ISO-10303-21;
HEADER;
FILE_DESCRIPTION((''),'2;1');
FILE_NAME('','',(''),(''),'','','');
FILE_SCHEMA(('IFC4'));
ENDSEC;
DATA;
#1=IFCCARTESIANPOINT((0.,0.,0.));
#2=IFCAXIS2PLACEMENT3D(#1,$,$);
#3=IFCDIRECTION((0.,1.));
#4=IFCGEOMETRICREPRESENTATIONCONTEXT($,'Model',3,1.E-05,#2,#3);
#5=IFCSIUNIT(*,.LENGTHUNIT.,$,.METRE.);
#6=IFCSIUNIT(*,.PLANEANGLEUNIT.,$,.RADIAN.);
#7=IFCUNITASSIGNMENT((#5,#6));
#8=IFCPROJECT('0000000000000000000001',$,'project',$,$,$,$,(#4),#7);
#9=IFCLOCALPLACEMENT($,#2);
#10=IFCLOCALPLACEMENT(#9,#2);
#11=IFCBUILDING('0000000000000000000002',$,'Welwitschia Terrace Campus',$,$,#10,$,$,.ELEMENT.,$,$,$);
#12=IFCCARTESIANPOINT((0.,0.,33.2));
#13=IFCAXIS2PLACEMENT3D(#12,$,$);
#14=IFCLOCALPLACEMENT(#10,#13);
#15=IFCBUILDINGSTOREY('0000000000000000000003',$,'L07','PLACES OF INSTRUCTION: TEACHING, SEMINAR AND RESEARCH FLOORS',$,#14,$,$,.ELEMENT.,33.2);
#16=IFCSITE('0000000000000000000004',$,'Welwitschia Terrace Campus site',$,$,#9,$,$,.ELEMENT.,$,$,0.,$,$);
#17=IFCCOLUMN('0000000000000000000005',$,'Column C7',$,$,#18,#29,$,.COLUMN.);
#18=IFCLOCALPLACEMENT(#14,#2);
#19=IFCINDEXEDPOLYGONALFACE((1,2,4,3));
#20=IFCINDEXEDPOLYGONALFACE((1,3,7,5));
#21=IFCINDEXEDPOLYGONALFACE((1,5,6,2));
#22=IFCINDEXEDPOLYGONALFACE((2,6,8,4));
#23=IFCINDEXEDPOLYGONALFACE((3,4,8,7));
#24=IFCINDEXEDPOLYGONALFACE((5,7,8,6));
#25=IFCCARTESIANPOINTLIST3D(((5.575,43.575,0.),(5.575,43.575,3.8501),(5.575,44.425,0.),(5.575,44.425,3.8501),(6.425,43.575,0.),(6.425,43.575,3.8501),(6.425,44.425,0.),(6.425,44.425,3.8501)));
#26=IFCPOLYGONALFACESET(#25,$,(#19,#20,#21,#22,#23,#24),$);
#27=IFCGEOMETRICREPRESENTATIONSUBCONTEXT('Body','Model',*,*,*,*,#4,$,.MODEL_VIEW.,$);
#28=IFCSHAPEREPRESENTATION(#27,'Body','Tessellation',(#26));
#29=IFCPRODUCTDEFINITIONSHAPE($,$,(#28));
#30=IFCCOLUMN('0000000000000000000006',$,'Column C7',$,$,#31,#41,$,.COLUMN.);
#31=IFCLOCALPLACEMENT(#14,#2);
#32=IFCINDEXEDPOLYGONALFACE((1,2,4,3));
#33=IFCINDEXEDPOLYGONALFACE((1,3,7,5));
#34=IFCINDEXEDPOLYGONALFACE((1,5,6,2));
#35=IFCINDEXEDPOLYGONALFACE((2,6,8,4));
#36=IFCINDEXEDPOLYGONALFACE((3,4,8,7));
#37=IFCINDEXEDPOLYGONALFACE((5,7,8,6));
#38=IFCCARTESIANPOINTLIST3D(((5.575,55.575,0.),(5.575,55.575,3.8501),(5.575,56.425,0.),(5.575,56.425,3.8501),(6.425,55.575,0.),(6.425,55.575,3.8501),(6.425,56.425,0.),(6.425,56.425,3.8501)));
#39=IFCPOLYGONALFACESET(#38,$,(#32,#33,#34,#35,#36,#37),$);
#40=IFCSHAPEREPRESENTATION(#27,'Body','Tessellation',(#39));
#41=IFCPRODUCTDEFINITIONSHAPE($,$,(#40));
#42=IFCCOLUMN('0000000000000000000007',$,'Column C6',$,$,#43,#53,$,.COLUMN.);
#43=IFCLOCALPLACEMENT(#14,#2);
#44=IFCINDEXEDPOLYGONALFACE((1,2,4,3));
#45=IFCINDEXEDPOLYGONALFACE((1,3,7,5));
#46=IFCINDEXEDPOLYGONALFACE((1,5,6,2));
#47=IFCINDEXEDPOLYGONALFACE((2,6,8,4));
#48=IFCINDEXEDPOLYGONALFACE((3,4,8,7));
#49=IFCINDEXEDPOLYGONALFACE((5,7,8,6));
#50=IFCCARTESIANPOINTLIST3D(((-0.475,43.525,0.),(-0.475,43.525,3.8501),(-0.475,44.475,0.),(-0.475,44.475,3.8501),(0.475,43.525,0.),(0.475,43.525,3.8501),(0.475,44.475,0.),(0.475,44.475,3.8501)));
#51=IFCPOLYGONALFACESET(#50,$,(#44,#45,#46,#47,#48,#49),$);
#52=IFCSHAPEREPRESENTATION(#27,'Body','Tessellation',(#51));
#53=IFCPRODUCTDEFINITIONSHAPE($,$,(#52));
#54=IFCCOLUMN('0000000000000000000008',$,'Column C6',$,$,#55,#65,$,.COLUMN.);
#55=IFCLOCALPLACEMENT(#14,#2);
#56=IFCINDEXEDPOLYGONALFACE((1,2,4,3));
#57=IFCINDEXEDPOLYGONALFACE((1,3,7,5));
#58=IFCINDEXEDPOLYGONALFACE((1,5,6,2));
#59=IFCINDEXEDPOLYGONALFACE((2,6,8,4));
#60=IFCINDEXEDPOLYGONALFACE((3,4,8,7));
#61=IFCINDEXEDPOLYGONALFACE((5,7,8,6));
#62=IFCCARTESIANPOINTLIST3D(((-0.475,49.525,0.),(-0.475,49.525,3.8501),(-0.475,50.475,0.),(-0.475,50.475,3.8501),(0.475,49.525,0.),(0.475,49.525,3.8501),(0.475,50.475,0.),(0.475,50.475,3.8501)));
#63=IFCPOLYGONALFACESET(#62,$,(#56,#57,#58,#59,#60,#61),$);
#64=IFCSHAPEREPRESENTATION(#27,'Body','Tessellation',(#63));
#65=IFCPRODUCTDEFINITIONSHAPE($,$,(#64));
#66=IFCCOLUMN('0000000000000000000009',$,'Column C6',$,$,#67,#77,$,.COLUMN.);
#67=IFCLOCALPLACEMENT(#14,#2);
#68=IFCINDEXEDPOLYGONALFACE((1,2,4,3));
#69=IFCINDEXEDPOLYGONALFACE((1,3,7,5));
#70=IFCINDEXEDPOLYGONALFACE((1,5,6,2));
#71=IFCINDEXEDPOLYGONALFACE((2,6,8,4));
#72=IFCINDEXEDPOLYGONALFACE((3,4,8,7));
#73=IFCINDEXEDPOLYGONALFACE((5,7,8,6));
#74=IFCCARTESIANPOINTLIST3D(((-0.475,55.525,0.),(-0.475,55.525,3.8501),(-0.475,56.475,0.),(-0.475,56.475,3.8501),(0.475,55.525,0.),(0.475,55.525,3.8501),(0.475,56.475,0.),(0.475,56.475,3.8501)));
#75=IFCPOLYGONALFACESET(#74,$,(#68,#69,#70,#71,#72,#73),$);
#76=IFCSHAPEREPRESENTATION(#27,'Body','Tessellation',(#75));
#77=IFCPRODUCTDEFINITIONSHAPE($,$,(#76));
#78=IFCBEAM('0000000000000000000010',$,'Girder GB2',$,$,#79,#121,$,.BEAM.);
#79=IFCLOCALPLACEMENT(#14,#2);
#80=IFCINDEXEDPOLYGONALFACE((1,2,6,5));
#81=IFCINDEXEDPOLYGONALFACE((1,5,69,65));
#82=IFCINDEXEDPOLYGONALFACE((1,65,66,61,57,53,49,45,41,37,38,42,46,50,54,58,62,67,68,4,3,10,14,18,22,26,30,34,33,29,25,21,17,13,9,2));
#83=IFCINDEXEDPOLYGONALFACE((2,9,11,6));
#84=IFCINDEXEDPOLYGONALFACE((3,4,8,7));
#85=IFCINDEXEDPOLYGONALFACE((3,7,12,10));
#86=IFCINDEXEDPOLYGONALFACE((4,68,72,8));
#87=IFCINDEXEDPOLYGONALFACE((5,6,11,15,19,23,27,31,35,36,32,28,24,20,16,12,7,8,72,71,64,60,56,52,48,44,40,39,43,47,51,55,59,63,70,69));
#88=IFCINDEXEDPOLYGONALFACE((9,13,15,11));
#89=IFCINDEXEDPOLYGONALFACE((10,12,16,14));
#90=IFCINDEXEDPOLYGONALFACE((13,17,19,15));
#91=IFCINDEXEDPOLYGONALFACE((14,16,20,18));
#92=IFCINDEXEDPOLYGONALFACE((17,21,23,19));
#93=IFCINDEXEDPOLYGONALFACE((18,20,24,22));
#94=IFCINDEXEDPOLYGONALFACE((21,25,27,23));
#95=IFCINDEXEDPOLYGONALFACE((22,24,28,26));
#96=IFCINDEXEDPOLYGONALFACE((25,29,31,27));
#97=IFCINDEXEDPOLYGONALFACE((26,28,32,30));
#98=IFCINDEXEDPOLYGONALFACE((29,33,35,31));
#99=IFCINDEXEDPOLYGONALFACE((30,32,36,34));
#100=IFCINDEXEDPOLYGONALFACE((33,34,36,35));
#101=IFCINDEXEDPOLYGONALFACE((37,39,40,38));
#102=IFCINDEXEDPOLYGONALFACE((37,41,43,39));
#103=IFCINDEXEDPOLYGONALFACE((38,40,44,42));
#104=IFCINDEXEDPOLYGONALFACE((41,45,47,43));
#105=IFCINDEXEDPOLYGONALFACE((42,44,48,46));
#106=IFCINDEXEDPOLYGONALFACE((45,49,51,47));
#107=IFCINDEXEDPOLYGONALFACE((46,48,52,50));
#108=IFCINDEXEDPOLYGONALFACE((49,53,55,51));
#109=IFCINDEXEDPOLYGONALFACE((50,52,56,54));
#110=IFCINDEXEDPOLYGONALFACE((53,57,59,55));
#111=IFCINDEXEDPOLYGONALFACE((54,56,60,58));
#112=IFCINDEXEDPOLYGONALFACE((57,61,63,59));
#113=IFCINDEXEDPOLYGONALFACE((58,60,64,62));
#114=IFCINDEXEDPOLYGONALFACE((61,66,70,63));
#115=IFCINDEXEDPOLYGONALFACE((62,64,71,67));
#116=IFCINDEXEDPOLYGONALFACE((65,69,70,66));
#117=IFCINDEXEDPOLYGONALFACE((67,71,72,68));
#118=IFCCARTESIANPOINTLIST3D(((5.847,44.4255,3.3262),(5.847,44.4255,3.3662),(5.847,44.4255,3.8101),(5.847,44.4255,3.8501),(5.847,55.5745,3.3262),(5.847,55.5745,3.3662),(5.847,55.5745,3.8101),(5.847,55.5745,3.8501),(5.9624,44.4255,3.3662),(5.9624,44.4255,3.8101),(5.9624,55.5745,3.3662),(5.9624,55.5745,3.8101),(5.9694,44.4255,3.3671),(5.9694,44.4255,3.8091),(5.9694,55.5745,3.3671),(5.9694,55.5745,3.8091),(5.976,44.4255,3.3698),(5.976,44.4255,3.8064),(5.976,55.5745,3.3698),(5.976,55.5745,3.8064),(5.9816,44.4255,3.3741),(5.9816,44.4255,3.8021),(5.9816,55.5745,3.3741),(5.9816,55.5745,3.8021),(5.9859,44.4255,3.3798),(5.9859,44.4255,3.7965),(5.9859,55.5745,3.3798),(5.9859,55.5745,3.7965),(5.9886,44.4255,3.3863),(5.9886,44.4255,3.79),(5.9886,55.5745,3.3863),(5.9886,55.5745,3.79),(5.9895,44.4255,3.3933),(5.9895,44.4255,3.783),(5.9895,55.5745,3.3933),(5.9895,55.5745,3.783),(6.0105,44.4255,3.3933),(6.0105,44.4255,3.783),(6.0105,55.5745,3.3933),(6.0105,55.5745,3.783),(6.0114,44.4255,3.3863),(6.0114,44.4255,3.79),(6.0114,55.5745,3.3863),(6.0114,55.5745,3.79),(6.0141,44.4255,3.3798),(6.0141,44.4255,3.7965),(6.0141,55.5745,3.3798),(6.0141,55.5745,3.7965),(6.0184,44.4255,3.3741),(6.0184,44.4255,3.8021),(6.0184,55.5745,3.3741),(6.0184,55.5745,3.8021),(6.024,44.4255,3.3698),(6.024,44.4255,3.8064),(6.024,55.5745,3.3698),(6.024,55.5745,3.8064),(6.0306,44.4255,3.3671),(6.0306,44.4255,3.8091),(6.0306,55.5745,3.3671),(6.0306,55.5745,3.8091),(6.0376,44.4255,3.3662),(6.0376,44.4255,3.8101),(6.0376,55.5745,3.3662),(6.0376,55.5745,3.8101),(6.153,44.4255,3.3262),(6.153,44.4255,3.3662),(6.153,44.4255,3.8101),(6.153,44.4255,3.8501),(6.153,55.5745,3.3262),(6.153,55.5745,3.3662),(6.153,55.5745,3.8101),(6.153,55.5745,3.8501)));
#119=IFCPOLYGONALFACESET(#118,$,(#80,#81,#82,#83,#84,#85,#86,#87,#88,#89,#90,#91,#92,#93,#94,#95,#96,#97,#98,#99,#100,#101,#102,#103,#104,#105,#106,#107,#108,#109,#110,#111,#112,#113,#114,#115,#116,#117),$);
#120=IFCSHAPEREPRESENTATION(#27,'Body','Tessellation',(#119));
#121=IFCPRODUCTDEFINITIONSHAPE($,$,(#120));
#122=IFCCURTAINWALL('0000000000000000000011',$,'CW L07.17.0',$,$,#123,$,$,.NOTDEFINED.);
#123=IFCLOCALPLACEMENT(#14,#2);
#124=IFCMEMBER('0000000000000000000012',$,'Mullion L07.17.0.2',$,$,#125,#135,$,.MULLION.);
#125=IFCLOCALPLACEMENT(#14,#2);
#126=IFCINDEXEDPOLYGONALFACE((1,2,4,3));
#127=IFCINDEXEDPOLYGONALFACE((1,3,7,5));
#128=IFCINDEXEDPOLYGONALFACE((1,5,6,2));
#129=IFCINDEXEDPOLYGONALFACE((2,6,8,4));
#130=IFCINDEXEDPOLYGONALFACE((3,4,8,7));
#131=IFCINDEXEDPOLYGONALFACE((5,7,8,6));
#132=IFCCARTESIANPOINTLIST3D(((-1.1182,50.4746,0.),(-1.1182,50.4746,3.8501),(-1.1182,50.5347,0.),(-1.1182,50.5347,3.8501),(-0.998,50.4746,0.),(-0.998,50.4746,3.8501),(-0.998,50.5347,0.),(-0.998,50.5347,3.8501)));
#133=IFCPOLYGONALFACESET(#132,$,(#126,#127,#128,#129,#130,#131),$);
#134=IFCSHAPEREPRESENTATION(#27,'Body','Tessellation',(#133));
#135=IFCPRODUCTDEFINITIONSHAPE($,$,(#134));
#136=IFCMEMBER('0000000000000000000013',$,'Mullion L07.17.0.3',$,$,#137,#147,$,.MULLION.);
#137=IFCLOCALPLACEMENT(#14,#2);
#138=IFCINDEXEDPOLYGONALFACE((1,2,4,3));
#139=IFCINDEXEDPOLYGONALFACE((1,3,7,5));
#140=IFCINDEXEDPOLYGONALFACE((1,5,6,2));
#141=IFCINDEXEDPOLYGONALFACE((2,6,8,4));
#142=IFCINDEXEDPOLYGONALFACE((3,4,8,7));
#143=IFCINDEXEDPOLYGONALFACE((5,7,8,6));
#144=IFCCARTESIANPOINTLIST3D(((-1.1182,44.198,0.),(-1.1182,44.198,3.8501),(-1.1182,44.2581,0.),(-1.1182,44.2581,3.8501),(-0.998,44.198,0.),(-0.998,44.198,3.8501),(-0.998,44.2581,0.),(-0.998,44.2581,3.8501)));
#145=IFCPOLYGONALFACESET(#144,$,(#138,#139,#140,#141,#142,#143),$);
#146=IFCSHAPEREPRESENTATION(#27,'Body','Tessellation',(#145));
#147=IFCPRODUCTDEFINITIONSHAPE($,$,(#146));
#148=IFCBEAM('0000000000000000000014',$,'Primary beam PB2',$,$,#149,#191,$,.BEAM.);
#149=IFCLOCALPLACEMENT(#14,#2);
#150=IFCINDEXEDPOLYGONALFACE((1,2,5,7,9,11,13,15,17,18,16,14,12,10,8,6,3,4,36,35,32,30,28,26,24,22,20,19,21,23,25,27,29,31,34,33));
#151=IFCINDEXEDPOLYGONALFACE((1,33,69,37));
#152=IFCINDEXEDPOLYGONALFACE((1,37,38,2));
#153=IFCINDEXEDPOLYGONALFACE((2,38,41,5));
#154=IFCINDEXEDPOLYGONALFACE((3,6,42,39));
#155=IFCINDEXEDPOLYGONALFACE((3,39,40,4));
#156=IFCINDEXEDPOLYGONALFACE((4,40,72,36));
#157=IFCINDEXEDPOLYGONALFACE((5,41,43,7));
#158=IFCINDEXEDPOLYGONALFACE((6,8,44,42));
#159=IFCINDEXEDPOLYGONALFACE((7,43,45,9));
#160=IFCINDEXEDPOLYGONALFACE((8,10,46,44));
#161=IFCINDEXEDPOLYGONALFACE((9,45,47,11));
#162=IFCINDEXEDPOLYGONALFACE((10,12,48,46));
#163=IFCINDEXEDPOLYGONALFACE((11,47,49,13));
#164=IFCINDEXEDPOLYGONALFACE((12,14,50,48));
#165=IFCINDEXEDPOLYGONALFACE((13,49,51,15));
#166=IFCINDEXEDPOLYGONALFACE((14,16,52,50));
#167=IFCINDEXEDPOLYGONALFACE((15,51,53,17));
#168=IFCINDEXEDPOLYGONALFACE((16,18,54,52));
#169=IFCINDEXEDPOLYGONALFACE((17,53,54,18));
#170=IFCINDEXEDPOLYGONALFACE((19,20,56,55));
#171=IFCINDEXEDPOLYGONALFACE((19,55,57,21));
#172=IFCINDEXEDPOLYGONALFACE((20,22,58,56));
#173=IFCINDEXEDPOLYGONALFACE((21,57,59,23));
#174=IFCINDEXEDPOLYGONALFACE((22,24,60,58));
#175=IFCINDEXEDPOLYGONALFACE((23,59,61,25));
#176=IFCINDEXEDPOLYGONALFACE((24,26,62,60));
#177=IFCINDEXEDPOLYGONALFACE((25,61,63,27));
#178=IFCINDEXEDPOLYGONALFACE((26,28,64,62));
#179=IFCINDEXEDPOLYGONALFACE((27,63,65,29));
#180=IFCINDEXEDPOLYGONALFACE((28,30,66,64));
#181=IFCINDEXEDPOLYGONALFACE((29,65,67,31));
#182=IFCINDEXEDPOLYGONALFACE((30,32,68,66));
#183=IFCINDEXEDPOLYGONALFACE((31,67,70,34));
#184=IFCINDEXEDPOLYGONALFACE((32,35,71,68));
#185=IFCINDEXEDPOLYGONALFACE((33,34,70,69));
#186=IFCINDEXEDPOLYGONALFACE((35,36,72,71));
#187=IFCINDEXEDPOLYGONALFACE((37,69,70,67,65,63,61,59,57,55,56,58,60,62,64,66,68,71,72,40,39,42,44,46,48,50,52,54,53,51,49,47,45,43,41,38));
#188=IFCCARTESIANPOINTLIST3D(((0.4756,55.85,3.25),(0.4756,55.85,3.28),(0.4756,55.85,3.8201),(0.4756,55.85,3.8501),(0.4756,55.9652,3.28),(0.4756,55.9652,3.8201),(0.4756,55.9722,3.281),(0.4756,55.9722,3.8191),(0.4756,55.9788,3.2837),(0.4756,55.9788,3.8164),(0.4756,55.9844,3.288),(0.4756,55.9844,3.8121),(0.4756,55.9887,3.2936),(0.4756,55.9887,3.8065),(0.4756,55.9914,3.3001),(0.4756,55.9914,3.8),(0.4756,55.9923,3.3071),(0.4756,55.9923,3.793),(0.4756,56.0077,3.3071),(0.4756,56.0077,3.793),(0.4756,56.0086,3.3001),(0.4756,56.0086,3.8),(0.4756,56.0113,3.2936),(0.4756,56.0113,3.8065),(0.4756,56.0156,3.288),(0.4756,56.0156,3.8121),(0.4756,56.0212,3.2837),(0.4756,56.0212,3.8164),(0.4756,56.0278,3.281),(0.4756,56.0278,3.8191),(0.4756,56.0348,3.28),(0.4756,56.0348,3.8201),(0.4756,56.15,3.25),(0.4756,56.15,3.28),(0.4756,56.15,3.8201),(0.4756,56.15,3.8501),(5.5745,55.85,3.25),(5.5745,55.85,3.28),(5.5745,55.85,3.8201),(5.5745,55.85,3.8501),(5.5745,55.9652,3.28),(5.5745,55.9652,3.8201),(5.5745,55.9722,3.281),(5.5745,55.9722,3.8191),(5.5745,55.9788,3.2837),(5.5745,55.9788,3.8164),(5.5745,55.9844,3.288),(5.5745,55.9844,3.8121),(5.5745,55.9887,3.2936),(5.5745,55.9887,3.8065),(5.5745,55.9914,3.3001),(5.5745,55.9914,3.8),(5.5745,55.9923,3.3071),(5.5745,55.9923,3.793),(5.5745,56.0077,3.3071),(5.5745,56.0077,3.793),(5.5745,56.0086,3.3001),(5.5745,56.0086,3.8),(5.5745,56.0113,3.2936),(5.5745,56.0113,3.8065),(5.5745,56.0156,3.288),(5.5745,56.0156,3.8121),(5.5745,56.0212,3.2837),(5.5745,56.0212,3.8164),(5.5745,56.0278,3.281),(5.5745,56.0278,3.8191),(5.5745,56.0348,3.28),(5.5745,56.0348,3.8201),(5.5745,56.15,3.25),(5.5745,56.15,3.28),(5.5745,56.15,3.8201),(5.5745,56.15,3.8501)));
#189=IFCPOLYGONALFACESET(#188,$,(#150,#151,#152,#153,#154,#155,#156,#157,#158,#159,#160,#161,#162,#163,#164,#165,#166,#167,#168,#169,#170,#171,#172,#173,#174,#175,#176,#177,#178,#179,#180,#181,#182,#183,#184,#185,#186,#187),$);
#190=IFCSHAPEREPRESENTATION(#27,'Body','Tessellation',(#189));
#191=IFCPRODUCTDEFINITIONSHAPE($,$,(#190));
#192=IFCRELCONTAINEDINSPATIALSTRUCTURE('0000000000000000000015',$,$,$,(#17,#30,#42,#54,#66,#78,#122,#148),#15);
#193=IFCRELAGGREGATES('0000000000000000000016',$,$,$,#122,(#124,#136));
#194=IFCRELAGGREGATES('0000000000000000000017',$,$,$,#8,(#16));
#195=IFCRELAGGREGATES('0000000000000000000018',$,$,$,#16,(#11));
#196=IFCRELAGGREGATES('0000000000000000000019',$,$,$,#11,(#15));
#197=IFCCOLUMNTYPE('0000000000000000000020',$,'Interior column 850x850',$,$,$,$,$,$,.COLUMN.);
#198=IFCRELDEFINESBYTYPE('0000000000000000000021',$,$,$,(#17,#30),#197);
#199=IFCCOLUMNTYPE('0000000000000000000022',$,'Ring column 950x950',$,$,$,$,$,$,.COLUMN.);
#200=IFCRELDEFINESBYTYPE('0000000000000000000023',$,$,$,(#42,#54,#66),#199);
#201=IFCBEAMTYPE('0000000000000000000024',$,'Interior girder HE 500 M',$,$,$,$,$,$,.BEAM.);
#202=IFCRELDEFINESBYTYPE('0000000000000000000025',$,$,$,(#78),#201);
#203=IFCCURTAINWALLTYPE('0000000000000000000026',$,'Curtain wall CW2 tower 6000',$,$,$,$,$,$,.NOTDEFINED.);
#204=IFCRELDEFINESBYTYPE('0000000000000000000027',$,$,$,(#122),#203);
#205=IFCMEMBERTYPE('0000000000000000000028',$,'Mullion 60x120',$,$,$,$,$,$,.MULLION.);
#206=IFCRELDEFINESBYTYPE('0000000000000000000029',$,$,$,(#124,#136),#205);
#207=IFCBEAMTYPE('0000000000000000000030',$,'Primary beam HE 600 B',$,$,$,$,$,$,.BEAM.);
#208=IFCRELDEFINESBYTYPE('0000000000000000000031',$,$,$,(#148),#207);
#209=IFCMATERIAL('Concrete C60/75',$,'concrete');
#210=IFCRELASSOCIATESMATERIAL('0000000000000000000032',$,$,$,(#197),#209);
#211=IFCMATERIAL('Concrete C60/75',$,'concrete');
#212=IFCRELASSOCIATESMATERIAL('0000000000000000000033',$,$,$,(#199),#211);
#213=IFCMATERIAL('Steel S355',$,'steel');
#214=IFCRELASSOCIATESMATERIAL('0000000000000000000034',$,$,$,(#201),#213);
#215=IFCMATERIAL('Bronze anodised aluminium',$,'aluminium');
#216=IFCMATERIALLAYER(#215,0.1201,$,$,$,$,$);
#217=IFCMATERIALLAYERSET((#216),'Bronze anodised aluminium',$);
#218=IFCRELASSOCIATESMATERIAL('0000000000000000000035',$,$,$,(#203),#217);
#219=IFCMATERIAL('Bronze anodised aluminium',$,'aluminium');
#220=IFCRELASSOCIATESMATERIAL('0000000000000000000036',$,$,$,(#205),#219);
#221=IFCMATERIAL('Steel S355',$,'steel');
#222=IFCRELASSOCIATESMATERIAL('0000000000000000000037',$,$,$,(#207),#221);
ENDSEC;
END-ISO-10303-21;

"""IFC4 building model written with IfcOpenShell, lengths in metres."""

from ifc_helpers import new_model, si_unit, direction, frame, origin, origin_2d, place, context, subcontext, project, spatial, rectangle, i_section, extrude, material, layer, layer_set, material_profile, profile_set, type_object, element, aggregate, save


model = new_model("IFC4")

# Units and contexts
model_context = context("Model", 3, precision=1e-05, world=origin(), true_north=direction((0.0, 1.0)))
body_context = subcontext(model_context, "Body", "Model", "MODEL_VIEW")
ifc_project = project(units=[si_unit("LENGTHUNIT", "METRE"), si_unit("PLANEANGLEUNIT", "RADIAN")], contexts=[model_context])

# Site, building, storey
site_placement = place(None, origin())
site = spatial("IfcSite", under=ifc_project, at=site_placement, Name="Welwitschia Terrace Campus site", CompositionType="ELEMENT", RefElevation=0.0)
building_placement = place(site_placement, origin())
building = spatial("IfcBuilding", under=site, at=building_placement, Name="Welwitschia Terrace Campus", CompositionType="ELEMENT")
storey_placement = place(building_placement, frame((0.0, 0.0, 33.2)))
storey = spatial("IfcBuildingStorey", under=building, at=storey_placement, Name="L07", Description="PLACES OF INSTRUCTION: TEACHING, SEMINAR AND RESEARCH FLOORS", CompositionType="ELEMENT", Elevation=33.2)

# Columns
ifc_material_1 = material(Name="Concrete C60/75", Category="concrete")
ifc_material_profile_1 = material_profile(ifc_material_1, rectangle(XDim=0.8501, YDim=0.8501, at=origin_2d()))
ifc_profile_set_1 = profile_set([ifc_material_profile_1], Name="Concrete C60/75")
column_type_1 = type_object("IfcColumnType", Name="Interior column 850x850", PredefinedType="COLUMN", material=ifc_profile_set_1)
for number, where, z_axis, x_axis, name in (
    (1, (6.0, 44.0, 0.0), (0.0, 0.0, 1.0), (1.0, 0.0, 0.0), "Column C7"),
    (2, (6.0, 56.0, 0.0), (0.0, 0.0, 1.0), (1.0, 0.0, 0.0), "Column C7"),
):
    element("IfcColumn", number, at=place(storey_placement, frame(where, z_axis=z_axis, x_axis=x_axis)), inside=storey, type_object=column_type_1, Name=name, PredefinedType="COLUMN", context=body_context, shape_type="SweptSolid", body=[
        extrude(rectangle(XDim=0.8501, YDim=0.8501, at=origin_2d()), origin(), (0.0, 0.0, 1.0), 3.8501),
    ])
ifc_material_2 = material(Name="Concrete C60/75", Category="concrete")
ifc_material_profile_2 = material_profile(ifc_material_2, rectangle(XDim=0.95, YDim=0.95, at=origin_2d()))
ifc_profile_set_2 = profile_set([ifc_material_profile_2], Name="Concrete C60/75")
column_type_2 = type_object("IfcColumnType", Name="Ring column 950x950", PredefinedType="COLUMN", material=ifc_profile_set_2)
for number, where, z_axis, x_axis, name in (
    (3, (0.0, 44.0, 0.0), (0.0, 0.0, 1.0), (1.0, 0.0, 0.0), "Column C6"),
    (4, (0.0, 50.0, 0.0), (0.0, 0.0, 1.0), (1.0, 0.0, 0.0), "Column C6"),
    (5, (0.0, 56.0, 0.0), (0.0, 0.0, 1.0), (1.0, 0.0, 0.0), "Column C6"),
):
    element("IfcColumn", number, at=place(storey_placement, frame(where, z_axis=z_axis, x_axis=x_axis)), inside=storey, type_object=column_type_2, Name=name, PredefinedType="COLUMN", context=body_context, shape_type="SweptSolid", body=[
        extrude(rectangle(XDim=0.95, YDim=0.95, at=origin_2d()), origin(), (0.0, 0.0, 1.0), 3.8501),
    ])

# Beam
ifc_material_3 = material(Name="Steel S355", Category="steel")
ifc_material_profile_3 = material_profile(ifc_material_3, i_section(OverallWidth=0.3059, OverallDepth=0.5239, WebThickness=0.021, FlangeThickness=0.04, FilletRadius=0.0271, at=origin_2d()))
ifc_profile_set_3 = profile_set([ifc_material_profile_3], Name="Steel S355")
beam_type_1 = type_object("IfcBeamType", Name="Interior girder HE 500 M", PredefinedType="BEAM", material=ifc_profile_set_3)
beam_placement = place(storey_placement, frame((6.0, 44.4255, 3.5881), z_axis=(0.0, 1.0, 0.0), x_axis=(-1.0, 0.0, 0.0)))
element("IfcBeam", 6, at=beam_placement, inside=storey, type_object=beam_type_1, Name="Girder GB2", PredefinedType="BEAM", context=body_context, shape_type="SweptSolid", body=[
    extrude(i_section(OverallWidth=0.3059, OverallDepth=0.5239, WebThickness=0.021, FlangeThickness=0.04, FilletRadius=0.0271, at=origin_2d()), origin(), (0.0, 0.0, 1.0), 11.1489),
])

# Curtain wall, members
ifc_material_4 = material(Name="Bronze anodised aluminium", Category="aluminium")
ifc_layer_1 = layer(ifc_material_4, 0.1201)
ifc_layer_set_1 = layer_set([ifc_layer_1], Name="Bronze anodised aluminium")
curtain_wall_type = type_object("IfcCurtainWallType", Name="Curtain wall CW2 tower 6000", PredefinedType="NOTDEFINED", material=ifc_layer_set_1)
curtain_wall_placement = place(storey_placement, origin())
curtain_wall = element("IfcCurtainWall", 7, at=curtain_wall_placement, inside=storey, type_object=curtain_wall_type, Name="CW L07.17.0", PredefinedType="NOTDEFINED")
ifc_material_5 = material(Name="Bronze anodised aluminium", Category="aluminium")
ifc_material_profile_4 = material_profile(ifc_material_5, rectangle(XDim=0.1201, YDim=0.0601, at=origin_2d()))
ifc_profile_set_4 = profile_set([ifc_material_profile_4], Name="Bronze anodised aluminium")
member_type = type_object("IfcMemberType", Name="Mullion 60x120", PredefinedType="MULLION", material=ifc_profile_set_4)
member_1_placement = place(storey_placement, frame((-1.0581, 50.5046, 0.0), z_axis=(0.0, 0.0, 1.0), x_axis=(1.0, 0.0, 0.0)))
member_1 = element("IfcMember", 8, at=member_1_placement, type_object=member_type, Name="Mullion L07.17.0.2", PredefinedType="MULLION", context=body_context, shape_type="SweptSolid", body=[
    extrude(rectangle(XDim=0.1201, YDim=0.0601, at=origin_2d()), origin(), (0.0, 0.0, 1.0), 3.8501),
])
member_2_placement = place(storey_placement, frame((-1.0581, 44.228, 0.0), z_axis=(0.0, 0.0, 1.0), x_axis=(1.0, 0.0, 0.0)))
member_2 = element("IfcMember", 9, at=member_2_placement, type_object=member_type, Name="Mullion L07.17.0.3", PredefinedType="MULLION", context=body_context, shape_type="SweptSolid", body=[
    extrude(rectangle(XDim=0.1201, YDim=0.0601, at=origin_2d()), origin(), (0.0, 0.0, 1.0), 3.8501),
])

# Beam
ifc_material_6 = material(Name="Steel S355", Category="steel")
ifc_material_profile_5 = material_profile(ifc_material_6, i_section(OverallWidth=0.3, OverallDepth=0.6001, WebThickness=0.0154, FlangeThickness=0.03, FilletRadius=0.0271, at=origin_2d()))
ifc_profile_set_5 = profile_set([ifc_material_profile_5], Name="Steel S355")
beam_type_2 = type_object("IfcBeamType", Name="Primary beam HE 600 B", PredefinedType="BEAM", material=ifc_profile_set_5)
for number, where, z_axis, x_axis, name in (
    (10, (0.4756, 56.0, 3.55), (1.0, 0.0, 0.0), (0.0, 1.0, 0.0), "Primary beam PB2"),
):
    element("IfcBeam", number, at=place(storey_placement, frame(where, z_axis=z_axis, x_axis=x_axis)), inside=storey, type_object=beam_type_2, Name=name, PredefinedType="BEAM", context=body_context, shape_type="SweptSolid", body=[
        extrude(i_section(OverallWidth=0.3, OverallDepth=0.6001, WebThickness=0.0154, FlangeThickness=0.03, FilletRadius=0.0271, at=origin_2d()), origin(), (0.0, 0.0, 1.0), 5.0989),
    ])

aggregate(curtain_wall, [member_1, member_2])

save(model, "model.ifc")
